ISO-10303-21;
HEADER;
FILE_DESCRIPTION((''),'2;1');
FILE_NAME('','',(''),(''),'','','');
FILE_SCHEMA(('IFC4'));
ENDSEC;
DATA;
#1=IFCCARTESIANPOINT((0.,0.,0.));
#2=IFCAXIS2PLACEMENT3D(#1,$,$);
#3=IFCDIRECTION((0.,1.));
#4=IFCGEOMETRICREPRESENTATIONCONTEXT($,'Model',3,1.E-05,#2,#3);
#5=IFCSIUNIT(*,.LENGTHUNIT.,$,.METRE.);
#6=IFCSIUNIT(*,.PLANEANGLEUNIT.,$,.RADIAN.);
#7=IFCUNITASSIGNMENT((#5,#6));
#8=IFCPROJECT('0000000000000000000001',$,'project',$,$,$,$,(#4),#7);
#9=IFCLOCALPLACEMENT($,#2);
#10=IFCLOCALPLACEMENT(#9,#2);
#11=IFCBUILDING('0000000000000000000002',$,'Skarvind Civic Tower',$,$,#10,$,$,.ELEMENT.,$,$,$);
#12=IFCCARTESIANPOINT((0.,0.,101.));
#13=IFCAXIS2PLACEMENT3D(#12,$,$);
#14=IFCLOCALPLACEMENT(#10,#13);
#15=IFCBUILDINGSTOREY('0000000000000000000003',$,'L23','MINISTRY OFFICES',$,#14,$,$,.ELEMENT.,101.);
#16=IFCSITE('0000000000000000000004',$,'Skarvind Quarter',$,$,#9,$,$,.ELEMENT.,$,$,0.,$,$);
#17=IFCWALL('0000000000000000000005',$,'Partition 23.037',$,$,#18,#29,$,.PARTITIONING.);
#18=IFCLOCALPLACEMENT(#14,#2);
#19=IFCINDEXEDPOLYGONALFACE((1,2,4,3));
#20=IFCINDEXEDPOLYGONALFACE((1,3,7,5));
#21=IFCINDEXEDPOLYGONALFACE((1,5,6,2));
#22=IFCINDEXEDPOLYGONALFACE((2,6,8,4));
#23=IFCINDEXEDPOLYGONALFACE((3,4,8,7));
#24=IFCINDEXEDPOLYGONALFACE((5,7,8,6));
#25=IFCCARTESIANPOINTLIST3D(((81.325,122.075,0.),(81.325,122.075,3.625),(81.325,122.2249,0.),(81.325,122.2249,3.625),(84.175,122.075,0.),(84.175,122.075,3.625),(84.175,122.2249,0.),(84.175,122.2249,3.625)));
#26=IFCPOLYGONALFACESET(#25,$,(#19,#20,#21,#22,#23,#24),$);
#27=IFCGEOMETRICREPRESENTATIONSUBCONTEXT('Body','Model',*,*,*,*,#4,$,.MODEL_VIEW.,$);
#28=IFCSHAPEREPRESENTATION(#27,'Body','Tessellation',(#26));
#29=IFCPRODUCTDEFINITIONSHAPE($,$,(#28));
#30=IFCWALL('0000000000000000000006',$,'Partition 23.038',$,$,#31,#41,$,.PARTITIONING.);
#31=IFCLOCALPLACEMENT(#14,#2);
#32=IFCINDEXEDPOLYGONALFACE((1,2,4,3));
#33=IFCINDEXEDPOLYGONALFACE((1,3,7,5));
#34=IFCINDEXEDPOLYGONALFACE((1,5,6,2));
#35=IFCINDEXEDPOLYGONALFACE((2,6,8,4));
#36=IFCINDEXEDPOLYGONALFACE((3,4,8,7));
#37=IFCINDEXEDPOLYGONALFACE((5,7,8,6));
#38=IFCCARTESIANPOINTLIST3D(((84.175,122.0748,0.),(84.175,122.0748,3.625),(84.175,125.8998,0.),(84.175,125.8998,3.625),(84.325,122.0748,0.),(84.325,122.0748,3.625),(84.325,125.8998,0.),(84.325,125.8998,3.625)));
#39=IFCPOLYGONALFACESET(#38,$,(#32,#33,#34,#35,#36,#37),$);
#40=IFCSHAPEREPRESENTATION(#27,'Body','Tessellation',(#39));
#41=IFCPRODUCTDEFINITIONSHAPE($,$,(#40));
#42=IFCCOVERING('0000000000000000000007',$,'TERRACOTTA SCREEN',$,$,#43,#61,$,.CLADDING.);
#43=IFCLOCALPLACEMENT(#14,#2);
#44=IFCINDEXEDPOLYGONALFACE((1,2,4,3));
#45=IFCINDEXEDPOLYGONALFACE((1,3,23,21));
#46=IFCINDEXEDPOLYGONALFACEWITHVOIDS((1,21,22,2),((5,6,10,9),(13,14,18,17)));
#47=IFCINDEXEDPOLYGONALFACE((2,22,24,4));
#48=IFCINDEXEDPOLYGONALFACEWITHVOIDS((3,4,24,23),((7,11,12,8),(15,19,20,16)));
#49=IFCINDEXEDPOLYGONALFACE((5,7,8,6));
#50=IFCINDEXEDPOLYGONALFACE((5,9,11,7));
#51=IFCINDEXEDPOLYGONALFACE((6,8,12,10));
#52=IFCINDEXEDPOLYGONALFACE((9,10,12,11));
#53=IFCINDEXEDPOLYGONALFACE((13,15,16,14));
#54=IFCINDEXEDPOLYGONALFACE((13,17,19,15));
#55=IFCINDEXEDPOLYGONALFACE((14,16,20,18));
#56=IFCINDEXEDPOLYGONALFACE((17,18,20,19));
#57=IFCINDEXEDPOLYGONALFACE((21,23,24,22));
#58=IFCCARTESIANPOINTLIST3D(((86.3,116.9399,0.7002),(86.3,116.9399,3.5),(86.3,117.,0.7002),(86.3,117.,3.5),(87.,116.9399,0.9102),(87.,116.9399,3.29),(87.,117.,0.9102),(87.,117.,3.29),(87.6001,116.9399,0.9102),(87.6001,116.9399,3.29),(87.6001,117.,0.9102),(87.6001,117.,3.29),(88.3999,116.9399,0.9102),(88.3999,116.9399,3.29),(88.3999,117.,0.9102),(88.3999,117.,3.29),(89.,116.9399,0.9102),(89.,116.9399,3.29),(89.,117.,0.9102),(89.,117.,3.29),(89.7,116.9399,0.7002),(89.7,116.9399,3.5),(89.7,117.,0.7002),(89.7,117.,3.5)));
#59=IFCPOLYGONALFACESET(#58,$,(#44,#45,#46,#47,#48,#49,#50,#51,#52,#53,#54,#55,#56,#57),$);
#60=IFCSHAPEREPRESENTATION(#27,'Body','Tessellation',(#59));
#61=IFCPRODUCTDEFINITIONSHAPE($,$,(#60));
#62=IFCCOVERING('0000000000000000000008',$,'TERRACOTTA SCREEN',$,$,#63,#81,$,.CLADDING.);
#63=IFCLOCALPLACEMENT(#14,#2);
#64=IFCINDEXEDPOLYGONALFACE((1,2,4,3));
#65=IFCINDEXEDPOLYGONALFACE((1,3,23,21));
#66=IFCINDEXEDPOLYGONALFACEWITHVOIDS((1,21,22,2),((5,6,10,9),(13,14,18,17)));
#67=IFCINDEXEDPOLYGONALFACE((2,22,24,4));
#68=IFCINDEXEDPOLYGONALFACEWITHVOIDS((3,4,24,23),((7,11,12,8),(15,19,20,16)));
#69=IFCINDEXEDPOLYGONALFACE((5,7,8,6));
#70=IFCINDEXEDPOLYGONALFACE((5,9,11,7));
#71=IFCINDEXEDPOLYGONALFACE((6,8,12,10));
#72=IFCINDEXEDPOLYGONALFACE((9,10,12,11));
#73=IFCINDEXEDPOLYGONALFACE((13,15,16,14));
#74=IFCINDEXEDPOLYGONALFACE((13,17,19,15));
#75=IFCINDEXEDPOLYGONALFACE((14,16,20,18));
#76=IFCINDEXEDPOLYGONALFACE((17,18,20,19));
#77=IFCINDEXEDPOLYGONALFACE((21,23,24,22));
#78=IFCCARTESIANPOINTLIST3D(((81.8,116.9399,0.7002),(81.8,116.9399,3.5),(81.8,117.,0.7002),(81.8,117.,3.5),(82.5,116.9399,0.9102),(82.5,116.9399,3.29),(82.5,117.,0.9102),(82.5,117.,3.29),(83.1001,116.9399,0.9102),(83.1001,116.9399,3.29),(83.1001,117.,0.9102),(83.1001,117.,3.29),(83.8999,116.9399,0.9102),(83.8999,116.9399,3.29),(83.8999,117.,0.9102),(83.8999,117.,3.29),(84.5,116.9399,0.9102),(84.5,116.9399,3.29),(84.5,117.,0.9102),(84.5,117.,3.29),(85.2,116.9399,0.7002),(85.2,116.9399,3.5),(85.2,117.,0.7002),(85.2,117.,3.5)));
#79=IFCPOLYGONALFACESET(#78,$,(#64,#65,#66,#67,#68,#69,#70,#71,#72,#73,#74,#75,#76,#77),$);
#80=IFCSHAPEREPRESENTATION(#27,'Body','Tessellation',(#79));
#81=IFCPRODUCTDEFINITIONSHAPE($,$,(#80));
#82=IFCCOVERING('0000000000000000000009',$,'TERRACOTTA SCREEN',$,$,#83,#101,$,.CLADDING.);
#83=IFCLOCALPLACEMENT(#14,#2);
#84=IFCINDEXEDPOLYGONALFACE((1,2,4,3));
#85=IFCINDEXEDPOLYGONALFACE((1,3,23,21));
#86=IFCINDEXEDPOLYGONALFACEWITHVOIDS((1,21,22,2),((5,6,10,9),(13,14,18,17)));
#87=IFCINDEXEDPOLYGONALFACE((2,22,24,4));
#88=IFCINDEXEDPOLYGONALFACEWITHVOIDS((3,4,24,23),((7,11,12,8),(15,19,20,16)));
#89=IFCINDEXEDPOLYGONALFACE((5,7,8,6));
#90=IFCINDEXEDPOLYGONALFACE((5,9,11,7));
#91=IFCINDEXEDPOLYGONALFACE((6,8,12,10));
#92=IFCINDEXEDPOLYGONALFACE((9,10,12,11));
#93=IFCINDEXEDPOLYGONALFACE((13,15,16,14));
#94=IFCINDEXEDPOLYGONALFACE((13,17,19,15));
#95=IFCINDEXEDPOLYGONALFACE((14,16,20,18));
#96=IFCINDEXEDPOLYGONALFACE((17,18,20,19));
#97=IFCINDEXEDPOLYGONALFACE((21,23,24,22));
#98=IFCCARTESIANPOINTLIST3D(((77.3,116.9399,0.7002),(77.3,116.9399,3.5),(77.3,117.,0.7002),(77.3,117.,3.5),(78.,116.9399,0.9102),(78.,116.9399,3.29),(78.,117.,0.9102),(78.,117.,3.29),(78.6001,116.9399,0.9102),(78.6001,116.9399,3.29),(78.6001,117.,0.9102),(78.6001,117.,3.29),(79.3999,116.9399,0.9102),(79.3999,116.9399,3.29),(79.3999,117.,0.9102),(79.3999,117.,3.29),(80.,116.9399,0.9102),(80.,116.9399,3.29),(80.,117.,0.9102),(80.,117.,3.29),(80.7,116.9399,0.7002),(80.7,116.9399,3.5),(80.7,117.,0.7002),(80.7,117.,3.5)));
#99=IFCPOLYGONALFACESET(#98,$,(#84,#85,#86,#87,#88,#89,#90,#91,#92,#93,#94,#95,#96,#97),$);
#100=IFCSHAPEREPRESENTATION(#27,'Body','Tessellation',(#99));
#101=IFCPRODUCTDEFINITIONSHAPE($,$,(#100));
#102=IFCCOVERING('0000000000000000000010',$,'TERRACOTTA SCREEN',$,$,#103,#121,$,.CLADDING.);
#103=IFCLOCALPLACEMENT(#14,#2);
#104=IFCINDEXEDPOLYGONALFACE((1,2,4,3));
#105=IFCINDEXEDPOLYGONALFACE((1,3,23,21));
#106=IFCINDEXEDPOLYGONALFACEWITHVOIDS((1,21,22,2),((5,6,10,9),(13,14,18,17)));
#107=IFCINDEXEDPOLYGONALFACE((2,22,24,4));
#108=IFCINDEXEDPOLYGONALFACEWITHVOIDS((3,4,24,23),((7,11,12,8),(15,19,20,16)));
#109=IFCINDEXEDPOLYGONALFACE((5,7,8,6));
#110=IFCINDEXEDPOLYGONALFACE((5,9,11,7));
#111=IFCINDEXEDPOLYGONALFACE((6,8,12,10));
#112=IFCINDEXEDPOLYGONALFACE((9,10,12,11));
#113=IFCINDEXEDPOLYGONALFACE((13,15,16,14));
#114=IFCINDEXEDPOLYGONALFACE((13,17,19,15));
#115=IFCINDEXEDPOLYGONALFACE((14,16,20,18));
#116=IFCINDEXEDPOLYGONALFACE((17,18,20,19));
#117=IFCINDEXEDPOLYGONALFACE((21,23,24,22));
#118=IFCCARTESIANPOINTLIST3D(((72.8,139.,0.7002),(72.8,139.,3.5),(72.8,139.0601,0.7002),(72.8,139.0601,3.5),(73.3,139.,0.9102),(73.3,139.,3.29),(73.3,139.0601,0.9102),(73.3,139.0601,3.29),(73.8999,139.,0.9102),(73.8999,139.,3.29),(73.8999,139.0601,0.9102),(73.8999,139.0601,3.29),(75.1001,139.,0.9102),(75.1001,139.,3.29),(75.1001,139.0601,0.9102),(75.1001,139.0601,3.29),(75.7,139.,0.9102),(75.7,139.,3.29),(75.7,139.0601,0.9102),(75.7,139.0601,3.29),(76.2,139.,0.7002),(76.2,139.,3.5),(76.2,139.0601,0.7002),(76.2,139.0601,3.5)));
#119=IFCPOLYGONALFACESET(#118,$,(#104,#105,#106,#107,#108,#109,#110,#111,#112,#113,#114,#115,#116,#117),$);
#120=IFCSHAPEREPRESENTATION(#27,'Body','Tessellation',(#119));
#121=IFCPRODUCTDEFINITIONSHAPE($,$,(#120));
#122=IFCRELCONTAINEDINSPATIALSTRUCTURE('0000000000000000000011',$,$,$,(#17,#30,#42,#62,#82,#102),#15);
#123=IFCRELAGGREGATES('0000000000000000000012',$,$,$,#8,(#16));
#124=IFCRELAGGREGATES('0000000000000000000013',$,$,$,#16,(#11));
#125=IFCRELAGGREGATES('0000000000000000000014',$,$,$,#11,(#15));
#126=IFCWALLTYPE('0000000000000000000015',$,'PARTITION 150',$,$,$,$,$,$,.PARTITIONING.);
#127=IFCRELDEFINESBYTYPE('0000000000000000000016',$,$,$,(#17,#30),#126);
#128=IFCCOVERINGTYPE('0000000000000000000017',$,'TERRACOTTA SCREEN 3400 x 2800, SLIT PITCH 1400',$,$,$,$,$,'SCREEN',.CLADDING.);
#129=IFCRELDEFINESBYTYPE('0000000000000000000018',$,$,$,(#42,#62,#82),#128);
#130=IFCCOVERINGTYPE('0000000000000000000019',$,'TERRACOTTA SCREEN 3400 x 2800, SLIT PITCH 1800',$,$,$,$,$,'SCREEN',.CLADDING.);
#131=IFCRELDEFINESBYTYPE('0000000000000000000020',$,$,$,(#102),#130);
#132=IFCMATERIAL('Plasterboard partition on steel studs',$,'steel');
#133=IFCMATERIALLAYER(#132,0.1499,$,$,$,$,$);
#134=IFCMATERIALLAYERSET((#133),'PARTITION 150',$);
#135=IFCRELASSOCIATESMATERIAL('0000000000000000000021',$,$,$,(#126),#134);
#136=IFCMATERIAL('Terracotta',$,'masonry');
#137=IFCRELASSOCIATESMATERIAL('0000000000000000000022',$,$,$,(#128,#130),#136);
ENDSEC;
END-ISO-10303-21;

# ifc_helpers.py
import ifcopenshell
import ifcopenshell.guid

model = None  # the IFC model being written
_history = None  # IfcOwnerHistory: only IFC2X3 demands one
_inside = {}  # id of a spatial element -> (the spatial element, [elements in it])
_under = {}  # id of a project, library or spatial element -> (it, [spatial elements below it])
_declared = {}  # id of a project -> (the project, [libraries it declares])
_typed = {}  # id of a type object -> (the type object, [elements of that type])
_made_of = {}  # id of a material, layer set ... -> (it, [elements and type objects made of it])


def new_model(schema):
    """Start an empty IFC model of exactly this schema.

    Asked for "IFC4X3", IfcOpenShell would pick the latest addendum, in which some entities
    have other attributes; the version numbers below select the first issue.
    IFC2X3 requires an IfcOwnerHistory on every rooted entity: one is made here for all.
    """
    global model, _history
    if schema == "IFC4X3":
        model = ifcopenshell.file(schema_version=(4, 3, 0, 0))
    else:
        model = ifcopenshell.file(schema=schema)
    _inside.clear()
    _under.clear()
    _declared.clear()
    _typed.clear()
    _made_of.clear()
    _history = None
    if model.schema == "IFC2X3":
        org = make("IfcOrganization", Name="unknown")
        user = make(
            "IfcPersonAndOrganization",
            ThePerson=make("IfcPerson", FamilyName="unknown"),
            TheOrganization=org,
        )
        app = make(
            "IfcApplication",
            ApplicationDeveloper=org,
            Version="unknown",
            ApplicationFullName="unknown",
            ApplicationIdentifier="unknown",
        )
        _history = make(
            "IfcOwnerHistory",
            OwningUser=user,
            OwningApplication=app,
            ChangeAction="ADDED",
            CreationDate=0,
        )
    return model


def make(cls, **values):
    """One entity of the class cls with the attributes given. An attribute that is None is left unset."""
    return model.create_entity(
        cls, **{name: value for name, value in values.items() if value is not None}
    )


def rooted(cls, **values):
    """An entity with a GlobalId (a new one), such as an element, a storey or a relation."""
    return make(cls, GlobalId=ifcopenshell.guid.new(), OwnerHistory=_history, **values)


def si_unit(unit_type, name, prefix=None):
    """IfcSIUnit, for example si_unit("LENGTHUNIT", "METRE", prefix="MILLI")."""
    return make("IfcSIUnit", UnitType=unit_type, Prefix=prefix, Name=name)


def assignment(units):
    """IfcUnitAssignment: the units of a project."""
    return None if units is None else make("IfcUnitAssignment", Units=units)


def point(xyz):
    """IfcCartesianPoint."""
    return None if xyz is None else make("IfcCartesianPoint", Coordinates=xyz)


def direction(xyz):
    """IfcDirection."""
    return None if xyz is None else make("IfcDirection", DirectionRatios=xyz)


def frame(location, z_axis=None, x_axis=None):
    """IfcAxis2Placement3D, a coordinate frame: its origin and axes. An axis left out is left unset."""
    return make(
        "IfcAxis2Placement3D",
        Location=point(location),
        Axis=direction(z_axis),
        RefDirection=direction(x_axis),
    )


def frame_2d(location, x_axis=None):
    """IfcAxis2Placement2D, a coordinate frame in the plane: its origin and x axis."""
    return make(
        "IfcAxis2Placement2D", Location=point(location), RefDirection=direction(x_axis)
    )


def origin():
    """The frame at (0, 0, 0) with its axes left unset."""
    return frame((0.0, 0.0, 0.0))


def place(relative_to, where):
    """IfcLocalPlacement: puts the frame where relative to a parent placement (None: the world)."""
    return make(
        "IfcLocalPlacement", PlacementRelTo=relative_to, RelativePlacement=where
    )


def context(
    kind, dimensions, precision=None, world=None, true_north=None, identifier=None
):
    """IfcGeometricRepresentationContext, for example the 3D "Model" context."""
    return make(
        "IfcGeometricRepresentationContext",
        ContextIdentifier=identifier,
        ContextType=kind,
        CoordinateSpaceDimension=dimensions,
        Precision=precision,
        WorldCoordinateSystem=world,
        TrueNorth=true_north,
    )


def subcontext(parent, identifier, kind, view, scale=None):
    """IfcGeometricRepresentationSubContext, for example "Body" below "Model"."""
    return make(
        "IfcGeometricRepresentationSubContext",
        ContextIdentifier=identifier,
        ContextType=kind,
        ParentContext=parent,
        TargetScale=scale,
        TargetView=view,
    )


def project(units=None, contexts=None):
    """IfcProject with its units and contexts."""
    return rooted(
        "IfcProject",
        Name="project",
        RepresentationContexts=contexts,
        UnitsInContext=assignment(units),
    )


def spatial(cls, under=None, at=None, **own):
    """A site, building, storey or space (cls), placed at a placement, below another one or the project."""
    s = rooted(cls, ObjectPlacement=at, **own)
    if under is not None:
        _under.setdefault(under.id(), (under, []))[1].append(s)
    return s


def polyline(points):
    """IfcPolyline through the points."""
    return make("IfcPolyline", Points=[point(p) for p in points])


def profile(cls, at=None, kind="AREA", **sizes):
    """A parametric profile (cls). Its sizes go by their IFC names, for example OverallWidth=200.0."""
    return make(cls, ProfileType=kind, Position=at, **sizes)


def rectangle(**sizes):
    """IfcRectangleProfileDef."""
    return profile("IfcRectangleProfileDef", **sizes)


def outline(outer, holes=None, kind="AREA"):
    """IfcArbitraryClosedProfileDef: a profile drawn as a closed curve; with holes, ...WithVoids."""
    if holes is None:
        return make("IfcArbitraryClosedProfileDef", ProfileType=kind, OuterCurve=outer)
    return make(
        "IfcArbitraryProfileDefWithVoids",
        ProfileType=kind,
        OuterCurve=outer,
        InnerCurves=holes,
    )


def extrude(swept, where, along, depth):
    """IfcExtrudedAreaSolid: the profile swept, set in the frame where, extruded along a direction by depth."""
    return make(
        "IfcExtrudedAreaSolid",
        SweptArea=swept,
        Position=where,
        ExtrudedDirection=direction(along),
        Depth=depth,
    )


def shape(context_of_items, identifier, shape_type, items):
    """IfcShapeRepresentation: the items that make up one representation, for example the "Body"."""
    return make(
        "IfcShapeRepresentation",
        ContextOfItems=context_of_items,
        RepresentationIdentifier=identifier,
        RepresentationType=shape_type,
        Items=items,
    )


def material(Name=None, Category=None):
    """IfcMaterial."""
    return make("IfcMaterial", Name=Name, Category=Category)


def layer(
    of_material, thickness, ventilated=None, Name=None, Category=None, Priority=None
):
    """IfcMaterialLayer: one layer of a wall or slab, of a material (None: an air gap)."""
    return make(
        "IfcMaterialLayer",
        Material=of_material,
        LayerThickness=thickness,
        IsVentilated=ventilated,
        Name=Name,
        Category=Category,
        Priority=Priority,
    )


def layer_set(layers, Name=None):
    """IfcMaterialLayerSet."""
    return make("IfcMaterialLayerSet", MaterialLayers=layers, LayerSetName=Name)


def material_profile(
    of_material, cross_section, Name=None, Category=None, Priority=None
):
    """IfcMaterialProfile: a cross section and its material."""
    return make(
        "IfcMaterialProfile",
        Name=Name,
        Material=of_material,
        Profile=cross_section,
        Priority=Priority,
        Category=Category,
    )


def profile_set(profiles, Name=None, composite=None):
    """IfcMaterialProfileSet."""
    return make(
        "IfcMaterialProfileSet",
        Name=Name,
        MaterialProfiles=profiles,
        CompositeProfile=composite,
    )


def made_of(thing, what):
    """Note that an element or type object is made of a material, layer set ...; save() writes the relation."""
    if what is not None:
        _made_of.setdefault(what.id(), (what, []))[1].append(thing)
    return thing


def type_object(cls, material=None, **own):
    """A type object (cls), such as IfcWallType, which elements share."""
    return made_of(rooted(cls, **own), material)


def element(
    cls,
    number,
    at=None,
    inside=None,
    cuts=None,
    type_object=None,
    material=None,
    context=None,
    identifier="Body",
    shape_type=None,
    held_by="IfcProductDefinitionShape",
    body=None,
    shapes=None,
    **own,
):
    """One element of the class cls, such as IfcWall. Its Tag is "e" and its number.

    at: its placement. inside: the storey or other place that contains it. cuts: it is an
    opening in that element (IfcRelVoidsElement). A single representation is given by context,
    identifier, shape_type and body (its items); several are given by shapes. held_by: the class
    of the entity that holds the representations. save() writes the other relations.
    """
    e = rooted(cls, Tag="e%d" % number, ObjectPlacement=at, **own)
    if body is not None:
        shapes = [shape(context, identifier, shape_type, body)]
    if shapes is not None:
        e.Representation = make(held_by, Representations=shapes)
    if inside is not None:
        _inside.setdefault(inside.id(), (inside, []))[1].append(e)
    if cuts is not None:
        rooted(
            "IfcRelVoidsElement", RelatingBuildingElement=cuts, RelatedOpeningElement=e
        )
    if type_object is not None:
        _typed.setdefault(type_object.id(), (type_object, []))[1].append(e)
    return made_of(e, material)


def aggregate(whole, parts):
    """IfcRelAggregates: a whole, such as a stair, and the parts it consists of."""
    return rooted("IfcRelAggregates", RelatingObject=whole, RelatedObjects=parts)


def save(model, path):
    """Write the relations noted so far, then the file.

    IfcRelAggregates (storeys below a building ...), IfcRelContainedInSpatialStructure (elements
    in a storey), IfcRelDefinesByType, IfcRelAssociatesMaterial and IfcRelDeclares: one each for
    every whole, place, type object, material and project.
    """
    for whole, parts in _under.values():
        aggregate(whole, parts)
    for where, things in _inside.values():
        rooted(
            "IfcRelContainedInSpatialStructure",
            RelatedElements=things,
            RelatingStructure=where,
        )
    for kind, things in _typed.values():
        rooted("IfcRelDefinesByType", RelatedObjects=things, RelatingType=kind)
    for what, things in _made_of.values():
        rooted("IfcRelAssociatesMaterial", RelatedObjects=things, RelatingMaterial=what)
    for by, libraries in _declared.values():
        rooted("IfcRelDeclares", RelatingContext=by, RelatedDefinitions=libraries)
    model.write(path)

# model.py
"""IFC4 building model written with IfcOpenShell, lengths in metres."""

from ifc_helpers import new_model, si_unit, direction, frame, frame_2d, origin, place, context, subcontext, project, spatial, polyline, rectangle, outline, extrude, material, layer, layer_set, material_profile, profile_set, type_object, element, save


model = new_model("IFC4")

# Units and contexts
model_context = context("Model", 3, precision=1e-05, world=origin(), true_north=direction((0.0, 1.0)))
body_context = subcontext(model_context, "Body", "Model", "MODEL_VIEW")
ifc_project = project(units=[si_unit("LENGTHUNIT", "METRE"), si_unit("PLANEANGLEUNIT", "RADIAN")], contexts=[model_context])

# Site, building, storey
site_placement = place(None, origin())
site = spatial("IfcSite", under=ifc_project, at=site_placement, Name="Skarvind Quarter", CompositionType="ELEMENT", RefElevation=0.0)
building_placement = place(site_placement, origin())
building = spatial("IfcBuilding", under=site, at=building_placement, Name="Skarvind Civic Tower", CompositionType="ELEMENT")
storey_placement = place(building_placement, frame((0.0, 0.0, 101.0)))
storey = spatial("IfcBuildingStorey", under=building, at=storey_placement, Name="L23", Description="MINISTRY OFFICES", CompositionType="ELEMENT", Elevation=101.0)

# Shared definitions
ifc_material_1 = material(Name="Plasterboard partition on steel studs", Category="steel")
ifc_layer_1 = layer(ifc_material_1, 0.1499)
ifc_layer_set_1 = layer_set([ifc_layer_1], Name="PARTITION 150")
wall_type_1 = type_object("IfcWallType", Name="PARTITION 150", PredefinedType="PARTITIONING", material=ifc_layer_set_1)

# Walls
wall_1_placement = place(storey_placement, frame((84.175, 122.1499, 0.0), z_axis=(0.0, 0.0, 1.0), x_axis=(-1.0, 0.0, 0.0)))
element("IfcWall", 1, at=wall_1_placement, inside=storey, type_object=wall_type_1, Name="Partition 23.037", PredefinedType="PARTITIONING", context=body_context, shape_type="SweptSolid", body=[
    extrude(rectangle(XDim=2.8501, YDim=0.1499, at=frame_2d((1.425, 0.0))), origin(), (0.0, 0.0, 1.0), 3.625),
])
wall_2_placement = place(storey_placement, frame((84.25, 125.8999, 0.0), z_axis=(0.0, 0.0, 1.0), x_axis=(0.0, -1.0, 0.0)))
element("IfcWall", 2, at=wall_2_placement, inside=storey, type_object=wall_type_1, Name="Partition 23.038", PredefinedType="PARTITIONING", context=body_context, shape_type="SweptSolid", body=[
    extrude(rectangle(XDim=3.825, YDim=0.1499, at=frame_2d((1.9126, 0.0))), origin(), (0.0, 0.0, 1.0), 3.625),
])

# Coverings
ifc_material_2 = material(Name="Terracotta", Category="masonry")
ifc_material_profile_1 = material_profile(ifc_material_2, outline(polyline([(-1.7, -1.3999), (1.7, -1.3999), (1.7, 1.3999), (-1.7, 1.3999), (-1.7, -1.3999)]), holes=[polyline([(-1.0, -1.1899), (-0.3999, -1.1899), (-0.3999, 1.1899), (-1.0, 1.1899), (-1.0, -1.1899)]), polyline([(0.3999, -1.1899), (1.0, -1.1899), (1.0, 1.1899), (0.3999, 1.1899), (0.3999, -1.1899)])]), Name="TERRACOTTA SCREEN 3400 x 2800, SLIT PITCH 1400")
ifc_profile_set_1 = profile_set([ifc_material_profile_1], Name="Terracotta")
covering_type_1 = type_object("IfcCoveringType", Name="TERRACOTTA SCREEN 3400 x 2800, SLIT PITCH 1400", ElementType="SCREEN", PredefinedType="CLADDING", material=ifc_profile_set_1)
for number, where, z_axis, x_axis, name in (
    (3, (88.0, 117.0, 2.1001), (0.0, -1.0, 0.0), (1.0, 0.0, 0.0), "TERRACOTTA SCREEN"),
    (4, (83.5, 117.0, 2.1001), (0.0, -1.0, 0.0), (1.0, 0.0, 0.0), "TERRACOTTA SCREEN"),
    (5, (79.0, 117.0, 2.1001), (0.0, -1.0, 0.0), (1.0, 0.0, 0.0), "TERRACOTTA SCREEN"),
):
    element("IfcCovering", number, at=place(storey_placement, frame(where, z_axis=z_axis, x_axis=x_axis)), inside=storey, type_object=covering_type_1, Name=name, PredefinedType="CLADDING", context=body_context, shape_type="SweptSolid", body=[
        extrude(outline(polyline([(-1.7, -1.3999), (1.7, -1.3999), (1.7, 1.3999), (-1.7, 1.3999), (-1.7, -1.3999)]), holes=[polyline([(-1.0, -1.1899), (-0.3999, -1.1899), (-0.3999, 1.1899), (-1.0, 1.1899), (-1.0, -1.1899)]), polyline([(0.3999, -1.1899), (1.0, -1.1899), (1.0, 1.1899), (0.3999, 1.1899), (0.3999, -1.1899)])]), origin(), (0.0, 0.0, 1.0), 0.0601),
    ])
ifc_material_profile_2 = material_profile(ifc_material_2, outline(polyline([(-1.7, -1.3999), (1.7, -1.3999), (1.7, 1.3999), (-1.7, 1.3999), (-1.7, -1.3999)]), holes=[polyline([(-1.2, -1.1899), (-0.6001, -1.1899), (-0.6001, 1.1899), (-1.2, 1.1899), (-1.2, -1.1899)]), polyline([(0.6001, -1.1899), (1.2, -1.1899), (1.2, 1.1899), (0.6001, 1.1899), (0.6001, -1.1899)])]), Name="TERRACOTTA SCREEN 3400 x 2800, SLIT PITCH 1800")
ifc_profile_set_2 = profile_set([ifc_material_profile_2], Name="Terracotta")
covering_type_2 = type_object("IfcCoveringType", Name="TERRACOTTA SCREEN 3400 x 2800, SLIT PITCH 1800", ElementType="SCREEN", PredefinedType="CLADDING", material=ifc_profile_set_2)
covering_placement = place(storey_placement, frame((74.5, 139.0, 2.1001), z_axis=(0.0, 1.0, 0.0), x_axis=(-1.0, 0.0, 0.0)))
element("IfcCovering", 6, at=covering_placement, inside=storey, type_object=covering_type_2, Name="TERRACOTTA SCREEN", PredefinedType="CLADDING", context=body_context, shape_type="SweptSolid", body=[
    extrude(outline(polyline([(-1.7, -1.3999), (1.7, -1.3999), (1.7, 1.3999), (-1.7, 1.3999), (-1.7, -1.3999)]), holes=[polyline([(-1.2, -1.1899), (-0.6001, -1.1899), (-0.6001, 1.1899), (-1.2, 1.1899), (-1.2, -1.1899)]), polyline([(0.6001, -1.1899), (1.2, -1.1899), (1.2, 1.1899), (0.6001, 1.1899), (0.6001, -1.1899)])]), origin(), (0.0, 0.0, 1.0), 0.0601),
])

save(model, "model.ifc")
